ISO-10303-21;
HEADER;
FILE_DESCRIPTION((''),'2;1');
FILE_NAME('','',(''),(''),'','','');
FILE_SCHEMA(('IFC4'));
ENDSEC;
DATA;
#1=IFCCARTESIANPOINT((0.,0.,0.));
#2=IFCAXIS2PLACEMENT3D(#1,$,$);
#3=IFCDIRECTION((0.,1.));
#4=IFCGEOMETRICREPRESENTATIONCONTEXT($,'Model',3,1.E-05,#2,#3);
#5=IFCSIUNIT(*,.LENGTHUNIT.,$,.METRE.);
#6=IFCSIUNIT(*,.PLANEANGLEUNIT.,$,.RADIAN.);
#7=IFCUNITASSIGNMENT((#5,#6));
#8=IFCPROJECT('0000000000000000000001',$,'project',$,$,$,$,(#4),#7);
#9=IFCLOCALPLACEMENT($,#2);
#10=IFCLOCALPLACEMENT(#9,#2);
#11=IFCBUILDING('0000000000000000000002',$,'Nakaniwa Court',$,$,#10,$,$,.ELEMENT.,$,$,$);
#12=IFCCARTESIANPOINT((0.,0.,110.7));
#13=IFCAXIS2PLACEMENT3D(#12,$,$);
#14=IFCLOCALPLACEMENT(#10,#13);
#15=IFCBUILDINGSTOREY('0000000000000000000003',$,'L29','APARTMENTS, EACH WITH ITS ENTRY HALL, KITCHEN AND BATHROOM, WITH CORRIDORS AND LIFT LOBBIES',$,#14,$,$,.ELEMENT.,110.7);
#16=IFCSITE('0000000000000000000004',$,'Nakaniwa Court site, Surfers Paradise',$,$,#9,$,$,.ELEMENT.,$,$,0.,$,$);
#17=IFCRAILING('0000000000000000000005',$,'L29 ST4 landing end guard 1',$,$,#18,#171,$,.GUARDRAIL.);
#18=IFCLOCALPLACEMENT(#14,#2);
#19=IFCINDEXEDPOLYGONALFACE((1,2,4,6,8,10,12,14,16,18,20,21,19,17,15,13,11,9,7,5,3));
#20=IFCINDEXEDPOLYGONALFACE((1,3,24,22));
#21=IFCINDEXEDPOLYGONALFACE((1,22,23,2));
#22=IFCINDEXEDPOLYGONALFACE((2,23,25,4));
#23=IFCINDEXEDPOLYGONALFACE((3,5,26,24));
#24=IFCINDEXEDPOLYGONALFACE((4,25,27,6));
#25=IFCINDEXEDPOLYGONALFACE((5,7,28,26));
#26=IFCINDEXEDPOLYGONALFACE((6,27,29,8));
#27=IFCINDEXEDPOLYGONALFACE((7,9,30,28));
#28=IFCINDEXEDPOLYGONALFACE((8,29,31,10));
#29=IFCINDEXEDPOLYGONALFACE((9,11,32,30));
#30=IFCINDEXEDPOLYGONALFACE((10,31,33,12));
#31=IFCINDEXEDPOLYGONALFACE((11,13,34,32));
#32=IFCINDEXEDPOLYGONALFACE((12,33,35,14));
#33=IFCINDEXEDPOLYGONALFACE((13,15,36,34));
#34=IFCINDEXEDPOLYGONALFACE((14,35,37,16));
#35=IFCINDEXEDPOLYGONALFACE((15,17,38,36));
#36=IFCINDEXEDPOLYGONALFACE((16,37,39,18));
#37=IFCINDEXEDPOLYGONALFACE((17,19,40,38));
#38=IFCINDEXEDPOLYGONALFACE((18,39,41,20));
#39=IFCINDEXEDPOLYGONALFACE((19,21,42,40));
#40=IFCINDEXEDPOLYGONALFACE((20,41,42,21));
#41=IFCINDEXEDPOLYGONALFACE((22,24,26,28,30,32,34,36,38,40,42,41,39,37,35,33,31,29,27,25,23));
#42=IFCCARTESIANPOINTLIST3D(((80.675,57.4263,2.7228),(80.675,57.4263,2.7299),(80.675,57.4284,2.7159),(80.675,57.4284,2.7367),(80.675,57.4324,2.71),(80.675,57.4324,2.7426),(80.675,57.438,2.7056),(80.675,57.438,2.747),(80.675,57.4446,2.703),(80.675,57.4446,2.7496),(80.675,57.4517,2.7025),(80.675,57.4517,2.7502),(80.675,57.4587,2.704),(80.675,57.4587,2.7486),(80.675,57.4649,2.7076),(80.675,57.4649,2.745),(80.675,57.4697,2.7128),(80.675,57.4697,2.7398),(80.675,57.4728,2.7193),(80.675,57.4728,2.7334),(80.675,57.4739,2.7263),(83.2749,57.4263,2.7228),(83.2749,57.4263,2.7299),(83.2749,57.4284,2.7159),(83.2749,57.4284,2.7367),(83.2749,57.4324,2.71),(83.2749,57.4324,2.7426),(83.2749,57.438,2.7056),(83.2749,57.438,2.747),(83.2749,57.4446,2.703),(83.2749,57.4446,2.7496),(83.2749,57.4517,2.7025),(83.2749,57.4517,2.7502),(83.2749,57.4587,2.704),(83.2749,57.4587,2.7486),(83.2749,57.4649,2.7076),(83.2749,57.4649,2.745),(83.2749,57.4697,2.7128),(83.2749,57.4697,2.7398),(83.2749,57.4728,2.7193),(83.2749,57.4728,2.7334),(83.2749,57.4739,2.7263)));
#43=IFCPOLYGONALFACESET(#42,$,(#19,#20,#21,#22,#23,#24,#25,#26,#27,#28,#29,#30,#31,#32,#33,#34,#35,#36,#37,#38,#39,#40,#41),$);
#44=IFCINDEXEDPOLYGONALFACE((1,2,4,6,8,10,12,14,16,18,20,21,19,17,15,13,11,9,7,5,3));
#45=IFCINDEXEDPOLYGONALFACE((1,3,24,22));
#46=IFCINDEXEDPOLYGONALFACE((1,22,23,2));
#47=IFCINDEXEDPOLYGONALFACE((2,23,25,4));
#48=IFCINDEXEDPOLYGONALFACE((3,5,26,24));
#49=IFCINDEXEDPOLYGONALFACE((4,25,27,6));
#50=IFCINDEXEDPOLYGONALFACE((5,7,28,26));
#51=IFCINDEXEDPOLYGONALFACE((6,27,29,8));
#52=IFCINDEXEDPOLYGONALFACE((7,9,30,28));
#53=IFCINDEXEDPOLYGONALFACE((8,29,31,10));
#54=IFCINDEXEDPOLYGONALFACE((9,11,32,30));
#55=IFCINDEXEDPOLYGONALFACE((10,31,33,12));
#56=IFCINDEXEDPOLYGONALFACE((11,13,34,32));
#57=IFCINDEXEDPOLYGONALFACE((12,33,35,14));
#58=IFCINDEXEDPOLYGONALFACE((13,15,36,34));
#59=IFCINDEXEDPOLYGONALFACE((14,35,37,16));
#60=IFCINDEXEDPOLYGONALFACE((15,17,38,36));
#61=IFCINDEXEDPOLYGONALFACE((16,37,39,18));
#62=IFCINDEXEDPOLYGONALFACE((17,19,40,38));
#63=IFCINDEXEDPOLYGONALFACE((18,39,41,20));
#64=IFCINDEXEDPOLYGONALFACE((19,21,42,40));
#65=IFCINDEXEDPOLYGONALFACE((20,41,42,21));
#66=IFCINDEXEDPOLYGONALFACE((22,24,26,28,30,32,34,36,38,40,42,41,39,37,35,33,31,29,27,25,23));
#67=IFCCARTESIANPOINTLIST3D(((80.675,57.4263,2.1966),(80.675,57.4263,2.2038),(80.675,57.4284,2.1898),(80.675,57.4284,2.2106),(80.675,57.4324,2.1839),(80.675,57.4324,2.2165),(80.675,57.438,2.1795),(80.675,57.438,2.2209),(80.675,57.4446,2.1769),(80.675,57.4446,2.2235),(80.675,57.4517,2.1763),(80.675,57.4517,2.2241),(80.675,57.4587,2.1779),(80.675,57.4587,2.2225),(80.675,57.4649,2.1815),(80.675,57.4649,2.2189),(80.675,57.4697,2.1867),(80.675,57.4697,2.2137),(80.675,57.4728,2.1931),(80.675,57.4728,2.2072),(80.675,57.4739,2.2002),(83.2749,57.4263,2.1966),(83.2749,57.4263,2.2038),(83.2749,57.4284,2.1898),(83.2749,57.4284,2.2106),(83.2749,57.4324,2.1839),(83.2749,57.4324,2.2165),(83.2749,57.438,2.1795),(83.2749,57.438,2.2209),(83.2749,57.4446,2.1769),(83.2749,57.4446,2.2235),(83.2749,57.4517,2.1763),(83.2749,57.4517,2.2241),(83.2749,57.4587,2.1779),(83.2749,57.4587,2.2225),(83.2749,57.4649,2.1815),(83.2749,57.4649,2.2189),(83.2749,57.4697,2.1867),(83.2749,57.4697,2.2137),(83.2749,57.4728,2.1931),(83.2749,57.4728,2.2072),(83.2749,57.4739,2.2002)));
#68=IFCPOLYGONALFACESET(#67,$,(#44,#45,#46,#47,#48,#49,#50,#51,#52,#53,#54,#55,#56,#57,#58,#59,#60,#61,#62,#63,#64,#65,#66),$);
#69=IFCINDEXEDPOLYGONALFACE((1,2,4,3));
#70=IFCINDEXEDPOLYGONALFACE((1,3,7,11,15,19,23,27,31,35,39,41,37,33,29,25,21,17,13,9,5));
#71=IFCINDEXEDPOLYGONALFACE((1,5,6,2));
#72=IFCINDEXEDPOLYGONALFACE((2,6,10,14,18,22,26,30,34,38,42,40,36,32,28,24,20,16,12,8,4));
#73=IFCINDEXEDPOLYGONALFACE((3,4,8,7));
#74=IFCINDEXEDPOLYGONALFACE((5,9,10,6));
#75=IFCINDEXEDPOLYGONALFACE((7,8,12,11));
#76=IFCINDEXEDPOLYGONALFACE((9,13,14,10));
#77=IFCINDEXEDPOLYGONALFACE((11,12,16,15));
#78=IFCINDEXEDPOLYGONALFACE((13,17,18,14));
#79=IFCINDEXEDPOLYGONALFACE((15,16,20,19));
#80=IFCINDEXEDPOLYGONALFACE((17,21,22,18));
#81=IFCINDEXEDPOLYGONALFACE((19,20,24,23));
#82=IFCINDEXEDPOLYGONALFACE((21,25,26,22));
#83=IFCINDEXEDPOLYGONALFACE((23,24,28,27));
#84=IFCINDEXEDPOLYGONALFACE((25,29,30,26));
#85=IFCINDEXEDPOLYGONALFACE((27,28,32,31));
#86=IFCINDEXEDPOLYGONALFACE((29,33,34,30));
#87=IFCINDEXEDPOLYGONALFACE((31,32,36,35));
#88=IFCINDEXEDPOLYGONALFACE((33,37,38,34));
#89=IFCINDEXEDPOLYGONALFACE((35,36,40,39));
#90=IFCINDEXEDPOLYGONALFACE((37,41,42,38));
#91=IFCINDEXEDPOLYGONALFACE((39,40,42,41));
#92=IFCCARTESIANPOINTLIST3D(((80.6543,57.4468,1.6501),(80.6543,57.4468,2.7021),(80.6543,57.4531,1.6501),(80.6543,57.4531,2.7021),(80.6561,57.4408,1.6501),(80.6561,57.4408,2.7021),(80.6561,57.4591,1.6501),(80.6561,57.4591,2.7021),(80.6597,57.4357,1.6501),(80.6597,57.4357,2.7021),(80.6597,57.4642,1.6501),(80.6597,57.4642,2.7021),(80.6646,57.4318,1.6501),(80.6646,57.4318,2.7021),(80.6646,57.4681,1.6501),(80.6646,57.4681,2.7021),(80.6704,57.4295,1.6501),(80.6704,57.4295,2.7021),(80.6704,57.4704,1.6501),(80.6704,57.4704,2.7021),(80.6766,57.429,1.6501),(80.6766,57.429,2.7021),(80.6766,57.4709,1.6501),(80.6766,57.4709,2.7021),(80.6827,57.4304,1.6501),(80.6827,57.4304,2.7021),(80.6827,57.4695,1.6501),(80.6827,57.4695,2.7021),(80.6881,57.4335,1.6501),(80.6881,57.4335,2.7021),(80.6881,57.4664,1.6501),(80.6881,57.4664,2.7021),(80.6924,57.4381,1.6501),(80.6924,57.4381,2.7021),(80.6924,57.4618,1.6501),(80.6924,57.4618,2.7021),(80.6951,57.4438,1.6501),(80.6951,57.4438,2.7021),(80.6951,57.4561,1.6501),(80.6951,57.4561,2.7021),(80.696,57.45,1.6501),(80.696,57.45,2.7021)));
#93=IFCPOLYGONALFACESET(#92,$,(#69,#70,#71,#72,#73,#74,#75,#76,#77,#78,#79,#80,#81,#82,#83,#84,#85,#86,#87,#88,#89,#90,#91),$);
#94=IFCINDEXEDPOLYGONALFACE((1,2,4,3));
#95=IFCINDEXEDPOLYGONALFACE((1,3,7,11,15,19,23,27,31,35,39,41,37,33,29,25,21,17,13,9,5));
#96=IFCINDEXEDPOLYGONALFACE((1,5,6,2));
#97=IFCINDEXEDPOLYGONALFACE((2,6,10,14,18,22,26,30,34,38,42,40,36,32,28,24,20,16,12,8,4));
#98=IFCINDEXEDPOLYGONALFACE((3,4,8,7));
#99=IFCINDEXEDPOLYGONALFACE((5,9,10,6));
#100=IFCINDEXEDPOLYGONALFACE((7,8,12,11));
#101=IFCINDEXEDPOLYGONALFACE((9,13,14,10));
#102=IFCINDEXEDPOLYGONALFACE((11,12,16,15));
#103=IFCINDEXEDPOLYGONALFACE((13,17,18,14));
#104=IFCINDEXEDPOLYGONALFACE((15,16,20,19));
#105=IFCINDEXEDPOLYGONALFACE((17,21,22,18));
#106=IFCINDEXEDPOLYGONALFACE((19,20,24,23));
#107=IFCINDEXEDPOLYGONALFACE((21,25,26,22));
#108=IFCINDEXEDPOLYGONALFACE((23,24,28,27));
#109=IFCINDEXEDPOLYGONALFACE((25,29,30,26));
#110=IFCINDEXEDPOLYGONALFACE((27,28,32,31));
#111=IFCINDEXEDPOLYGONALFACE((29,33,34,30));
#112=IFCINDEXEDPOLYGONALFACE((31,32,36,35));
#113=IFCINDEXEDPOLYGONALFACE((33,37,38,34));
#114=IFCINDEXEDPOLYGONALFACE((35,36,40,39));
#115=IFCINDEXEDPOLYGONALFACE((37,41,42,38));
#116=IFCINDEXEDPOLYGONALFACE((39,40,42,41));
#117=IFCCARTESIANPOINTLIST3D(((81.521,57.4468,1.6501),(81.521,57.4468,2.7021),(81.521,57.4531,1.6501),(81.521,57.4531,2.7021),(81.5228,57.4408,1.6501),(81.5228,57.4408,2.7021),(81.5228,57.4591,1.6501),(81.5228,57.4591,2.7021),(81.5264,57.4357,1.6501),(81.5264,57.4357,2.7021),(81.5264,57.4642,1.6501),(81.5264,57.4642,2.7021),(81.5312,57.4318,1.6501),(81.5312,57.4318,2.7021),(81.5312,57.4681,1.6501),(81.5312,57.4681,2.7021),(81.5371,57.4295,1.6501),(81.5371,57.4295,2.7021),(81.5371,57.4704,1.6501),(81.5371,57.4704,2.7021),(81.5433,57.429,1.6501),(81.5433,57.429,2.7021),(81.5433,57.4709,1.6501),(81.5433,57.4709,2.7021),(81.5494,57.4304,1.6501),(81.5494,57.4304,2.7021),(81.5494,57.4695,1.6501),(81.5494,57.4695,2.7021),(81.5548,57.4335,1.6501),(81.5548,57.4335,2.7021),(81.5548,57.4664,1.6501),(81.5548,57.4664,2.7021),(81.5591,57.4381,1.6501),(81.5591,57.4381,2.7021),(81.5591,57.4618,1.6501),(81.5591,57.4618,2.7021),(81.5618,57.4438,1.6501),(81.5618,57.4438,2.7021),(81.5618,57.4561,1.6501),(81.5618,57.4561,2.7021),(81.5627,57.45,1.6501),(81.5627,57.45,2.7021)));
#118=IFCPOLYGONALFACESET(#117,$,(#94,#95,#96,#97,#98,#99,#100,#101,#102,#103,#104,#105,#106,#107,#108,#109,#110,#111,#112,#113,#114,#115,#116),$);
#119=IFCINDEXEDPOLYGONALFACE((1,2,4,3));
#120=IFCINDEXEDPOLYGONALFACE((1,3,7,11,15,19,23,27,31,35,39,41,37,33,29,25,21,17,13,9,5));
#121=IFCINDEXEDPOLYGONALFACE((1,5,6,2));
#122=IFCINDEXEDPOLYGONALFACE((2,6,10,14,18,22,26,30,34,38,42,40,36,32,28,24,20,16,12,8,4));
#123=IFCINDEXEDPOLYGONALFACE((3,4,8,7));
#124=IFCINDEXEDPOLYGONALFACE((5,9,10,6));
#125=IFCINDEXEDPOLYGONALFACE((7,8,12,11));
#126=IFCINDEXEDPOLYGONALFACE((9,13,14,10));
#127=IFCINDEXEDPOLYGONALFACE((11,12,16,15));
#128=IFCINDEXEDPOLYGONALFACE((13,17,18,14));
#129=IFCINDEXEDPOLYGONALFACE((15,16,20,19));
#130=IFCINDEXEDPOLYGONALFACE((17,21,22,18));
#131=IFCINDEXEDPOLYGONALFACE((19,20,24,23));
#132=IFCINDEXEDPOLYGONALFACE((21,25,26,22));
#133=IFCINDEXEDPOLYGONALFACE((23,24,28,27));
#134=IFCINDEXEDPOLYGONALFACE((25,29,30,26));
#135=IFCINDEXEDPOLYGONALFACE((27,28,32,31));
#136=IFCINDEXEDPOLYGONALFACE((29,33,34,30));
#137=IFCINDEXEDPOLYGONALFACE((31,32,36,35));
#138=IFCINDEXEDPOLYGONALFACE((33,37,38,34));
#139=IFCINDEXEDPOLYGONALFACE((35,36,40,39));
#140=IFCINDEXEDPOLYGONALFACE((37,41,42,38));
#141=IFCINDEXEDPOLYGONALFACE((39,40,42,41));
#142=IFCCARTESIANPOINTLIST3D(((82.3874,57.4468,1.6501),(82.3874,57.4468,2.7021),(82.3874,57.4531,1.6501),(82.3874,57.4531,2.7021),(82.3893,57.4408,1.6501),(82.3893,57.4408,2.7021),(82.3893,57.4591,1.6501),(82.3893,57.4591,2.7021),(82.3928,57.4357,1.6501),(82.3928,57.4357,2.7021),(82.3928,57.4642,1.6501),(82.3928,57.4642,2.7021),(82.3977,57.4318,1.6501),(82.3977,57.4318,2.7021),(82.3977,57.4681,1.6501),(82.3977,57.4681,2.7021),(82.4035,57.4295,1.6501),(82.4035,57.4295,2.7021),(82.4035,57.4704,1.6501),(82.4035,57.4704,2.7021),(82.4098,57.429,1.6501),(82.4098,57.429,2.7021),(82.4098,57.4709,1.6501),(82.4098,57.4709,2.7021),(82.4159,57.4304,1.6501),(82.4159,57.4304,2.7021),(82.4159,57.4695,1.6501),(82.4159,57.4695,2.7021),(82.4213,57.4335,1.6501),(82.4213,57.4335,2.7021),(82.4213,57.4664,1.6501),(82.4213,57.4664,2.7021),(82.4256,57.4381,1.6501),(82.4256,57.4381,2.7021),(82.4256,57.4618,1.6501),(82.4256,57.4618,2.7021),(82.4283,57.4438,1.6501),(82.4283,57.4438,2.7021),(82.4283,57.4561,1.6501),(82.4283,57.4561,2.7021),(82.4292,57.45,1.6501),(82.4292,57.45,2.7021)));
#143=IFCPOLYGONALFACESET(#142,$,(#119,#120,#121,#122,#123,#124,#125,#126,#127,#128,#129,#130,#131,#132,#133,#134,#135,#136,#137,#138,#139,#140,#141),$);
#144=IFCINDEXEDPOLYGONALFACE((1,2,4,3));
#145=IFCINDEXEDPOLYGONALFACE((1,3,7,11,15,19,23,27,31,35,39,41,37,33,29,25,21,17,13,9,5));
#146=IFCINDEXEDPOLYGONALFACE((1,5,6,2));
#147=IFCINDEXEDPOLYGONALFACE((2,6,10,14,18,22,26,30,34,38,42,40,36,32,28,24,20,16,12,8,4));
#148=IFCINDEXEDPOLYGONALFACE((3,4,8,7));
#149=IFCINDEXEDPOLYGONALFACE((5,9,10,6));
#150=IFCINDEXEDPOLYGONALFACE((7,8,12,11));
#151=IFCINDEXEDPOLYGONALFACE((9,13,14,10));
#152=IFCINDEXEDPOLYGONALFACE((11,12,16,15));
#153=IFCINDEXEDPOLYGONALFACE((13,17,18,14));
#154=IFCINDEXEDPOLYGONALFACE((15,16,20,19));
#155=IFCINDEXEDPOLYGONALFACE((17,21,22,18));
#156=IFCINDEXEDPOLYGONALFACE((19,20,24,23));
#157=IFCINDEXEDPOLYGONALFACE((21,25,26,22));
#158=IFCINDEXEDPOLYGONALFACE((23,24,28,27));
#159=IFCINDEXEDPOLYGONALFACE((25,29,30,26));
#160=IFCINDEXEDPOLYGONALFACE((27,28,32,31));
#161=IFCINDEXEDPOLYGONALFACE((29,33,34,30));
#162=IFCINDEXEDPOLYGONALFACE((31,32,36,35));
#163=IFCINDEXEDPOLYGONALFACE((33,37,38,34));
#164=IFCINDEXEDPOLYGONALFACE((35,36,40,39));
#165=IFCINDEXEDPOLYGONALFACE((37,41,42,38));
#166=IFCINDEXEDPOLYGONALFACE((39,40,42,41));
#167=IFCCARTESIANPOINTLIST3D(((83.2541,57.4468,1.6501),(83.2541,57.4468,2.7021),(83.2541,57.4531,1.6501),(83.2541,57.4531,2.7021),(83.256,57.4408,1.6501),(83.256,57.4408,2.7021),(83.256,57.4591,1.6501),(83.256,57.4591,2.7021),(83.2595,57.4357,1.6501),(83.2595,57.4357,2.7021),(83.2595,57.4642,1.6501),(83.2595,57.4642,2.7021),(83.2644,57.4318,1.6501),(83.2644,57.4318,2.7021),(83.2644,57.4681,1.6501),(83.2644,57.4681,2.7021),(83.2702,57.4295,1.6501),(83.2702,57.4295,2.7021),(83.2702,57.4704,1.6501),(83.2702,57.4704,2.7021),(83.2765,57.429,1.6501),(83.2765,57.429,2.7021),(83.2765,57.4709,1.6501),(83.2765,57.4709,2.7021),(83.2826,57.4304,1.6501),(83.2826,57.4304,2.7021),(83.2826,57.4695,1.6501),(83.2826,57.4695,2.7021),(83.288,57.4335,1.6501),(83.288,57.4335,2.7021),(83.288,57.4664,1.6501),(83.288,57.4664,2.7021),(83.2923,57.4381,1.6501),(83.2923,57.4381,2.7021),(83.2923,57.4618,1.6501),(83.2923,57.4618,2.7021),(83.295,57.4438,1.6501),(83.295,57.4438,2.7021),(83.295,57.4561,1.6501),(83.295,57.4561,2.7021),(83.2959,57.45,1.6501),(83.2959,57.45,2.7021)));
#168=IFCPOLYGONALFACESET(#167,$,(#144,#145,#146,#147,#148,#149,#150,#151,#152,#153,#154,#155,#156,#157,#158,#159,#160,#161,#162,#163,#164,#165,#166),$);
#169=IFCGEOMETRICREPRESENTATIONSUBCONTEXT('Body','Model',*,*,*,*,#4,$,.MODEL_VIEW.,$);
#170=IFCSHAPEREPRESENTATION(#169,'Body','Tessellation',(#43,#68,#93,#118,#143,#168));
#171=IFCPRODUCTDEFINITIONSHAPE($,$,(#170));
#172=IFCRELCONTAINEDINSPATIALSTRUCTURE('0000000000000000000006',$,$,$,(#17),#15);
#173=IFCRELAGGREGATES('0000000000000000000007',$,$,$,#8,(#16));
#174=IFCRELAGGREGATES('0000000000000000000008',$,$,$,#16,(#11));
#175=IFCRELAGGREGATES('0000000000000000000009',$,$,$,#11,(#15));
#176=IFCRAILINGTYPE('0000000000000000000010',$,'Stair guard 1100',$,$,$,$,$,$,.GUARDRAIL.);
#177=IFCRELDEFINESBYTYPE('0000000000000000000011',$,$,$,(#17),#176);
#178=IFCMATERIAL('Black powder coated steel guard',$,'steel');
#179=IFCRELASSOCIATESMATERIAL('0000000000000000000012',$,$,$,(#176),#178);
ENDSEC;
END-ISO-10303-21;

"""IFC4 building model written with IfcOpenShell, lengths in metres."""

from ifc_helpers import new_model, si_unit, direction, frame, origin, origin_2d, place, context, subcontext, project, spatial, circle, extrude, material, type_object, element, save


model = new_model("IFC4")

# Units and contexts
model_context = context("Model", 3, precision=1e-05, world=origin(), true_north=direction((0.0, 1.0)))
body_context = subcontext(model_context, "Body", "Model", "MODEL_VIEW")
ifc_project = project(units=[si_unit("LENGTHUNIT", "METRE"), si_unit("PLANEANGLEUNIT", "RADIAN")], contexts=[model_context])

# Site, building, storey
site_placement = place(None, origin())
site = spatial("IfcSite", under=ifc_project, at=site_placement, Name="Nakaniwa Court site, Surfers Paradise", CompositionType="ELEMENT", RefElevation=0.0)
building_placement = place(site_placement, origin())
building = spatial("IfcBuilding", under=site, at=building_placement, Name="Nakaniwa Court", CompositionType="ELEMENT")
storey_placement = place(building_placement, frame((0.0, 0.0, 110.7)))
storey = spatial("IfcBuildingStorey", under=building, at=storey_placement, Name="L29", Description="APARTMENTS, EACH WITH ITS ENTRY HALL, KITCHEN AND BATHROOM, WITH CORRIDORS AND LIFT LOBBIES", CompositionType="ELEMENT", Elevation=110.7)

# Railing
ifc_material_1 = material(Name="Black powder coated steel guard", Category="steel")
railing_type_1 = type_object("IfcRailingType", Name="Stair guard 1100", PredefinedType="GUARDRAIL", material=ifc_material_1)
railing_1_placement = place(storey_placement, frame((80.675, 57.45, 1.6501)))
element("IfcRailing", 1, at=railing_1_placement, inside=storey, type_object=railing_type_1, Name="L29 ST4 landing end guard 1", PredefinedType="GUARDRAIL", context=body_context, shape_type="SweptSolid", body=[
    extrude(circle(Radius=0.0239, at=origin_2d()), frame((0.0, 0.0, 1.0762), z_axis=(1.0, 0.0, 0.0), x_axis=(0.0, 1.0, 0.0)), (0.0, 0.0, 1.0), 2.5999),
    extrude(circle(Radius=0.0239, at=origin_2d()), frame((0.0, 0.0, 0.55), z_axis=(1.0, 0.0, 0.0), x_axis=(0.0, 1.0, 0.0)), (0.0, 0.0, 1.0), 2.5999),
    extrude(circle(Radius=0.021, at=origin_2d()), origin(), (0.0, 0.0, 1.0), 1.052),
    extrude(circle(Radius=0.021, at=origin_2d()), frame((0.8667, 0.0, 0.0)), (0.0, 0.0, 1.0), 1.052),
    extrude(circle(Radius=0.021, at=origin_2d()), frame((1.7332, 0.0, 0.0)), (0.0, 0.0, 1.0), 1.052),
    extrude(circle(Radius=0.021, at=origin_2d()), frame((2.5999, 0.0, 0.0)), (0.0, 0.0, 1.0), 1.052),
])

save(model, "model.ifc")
